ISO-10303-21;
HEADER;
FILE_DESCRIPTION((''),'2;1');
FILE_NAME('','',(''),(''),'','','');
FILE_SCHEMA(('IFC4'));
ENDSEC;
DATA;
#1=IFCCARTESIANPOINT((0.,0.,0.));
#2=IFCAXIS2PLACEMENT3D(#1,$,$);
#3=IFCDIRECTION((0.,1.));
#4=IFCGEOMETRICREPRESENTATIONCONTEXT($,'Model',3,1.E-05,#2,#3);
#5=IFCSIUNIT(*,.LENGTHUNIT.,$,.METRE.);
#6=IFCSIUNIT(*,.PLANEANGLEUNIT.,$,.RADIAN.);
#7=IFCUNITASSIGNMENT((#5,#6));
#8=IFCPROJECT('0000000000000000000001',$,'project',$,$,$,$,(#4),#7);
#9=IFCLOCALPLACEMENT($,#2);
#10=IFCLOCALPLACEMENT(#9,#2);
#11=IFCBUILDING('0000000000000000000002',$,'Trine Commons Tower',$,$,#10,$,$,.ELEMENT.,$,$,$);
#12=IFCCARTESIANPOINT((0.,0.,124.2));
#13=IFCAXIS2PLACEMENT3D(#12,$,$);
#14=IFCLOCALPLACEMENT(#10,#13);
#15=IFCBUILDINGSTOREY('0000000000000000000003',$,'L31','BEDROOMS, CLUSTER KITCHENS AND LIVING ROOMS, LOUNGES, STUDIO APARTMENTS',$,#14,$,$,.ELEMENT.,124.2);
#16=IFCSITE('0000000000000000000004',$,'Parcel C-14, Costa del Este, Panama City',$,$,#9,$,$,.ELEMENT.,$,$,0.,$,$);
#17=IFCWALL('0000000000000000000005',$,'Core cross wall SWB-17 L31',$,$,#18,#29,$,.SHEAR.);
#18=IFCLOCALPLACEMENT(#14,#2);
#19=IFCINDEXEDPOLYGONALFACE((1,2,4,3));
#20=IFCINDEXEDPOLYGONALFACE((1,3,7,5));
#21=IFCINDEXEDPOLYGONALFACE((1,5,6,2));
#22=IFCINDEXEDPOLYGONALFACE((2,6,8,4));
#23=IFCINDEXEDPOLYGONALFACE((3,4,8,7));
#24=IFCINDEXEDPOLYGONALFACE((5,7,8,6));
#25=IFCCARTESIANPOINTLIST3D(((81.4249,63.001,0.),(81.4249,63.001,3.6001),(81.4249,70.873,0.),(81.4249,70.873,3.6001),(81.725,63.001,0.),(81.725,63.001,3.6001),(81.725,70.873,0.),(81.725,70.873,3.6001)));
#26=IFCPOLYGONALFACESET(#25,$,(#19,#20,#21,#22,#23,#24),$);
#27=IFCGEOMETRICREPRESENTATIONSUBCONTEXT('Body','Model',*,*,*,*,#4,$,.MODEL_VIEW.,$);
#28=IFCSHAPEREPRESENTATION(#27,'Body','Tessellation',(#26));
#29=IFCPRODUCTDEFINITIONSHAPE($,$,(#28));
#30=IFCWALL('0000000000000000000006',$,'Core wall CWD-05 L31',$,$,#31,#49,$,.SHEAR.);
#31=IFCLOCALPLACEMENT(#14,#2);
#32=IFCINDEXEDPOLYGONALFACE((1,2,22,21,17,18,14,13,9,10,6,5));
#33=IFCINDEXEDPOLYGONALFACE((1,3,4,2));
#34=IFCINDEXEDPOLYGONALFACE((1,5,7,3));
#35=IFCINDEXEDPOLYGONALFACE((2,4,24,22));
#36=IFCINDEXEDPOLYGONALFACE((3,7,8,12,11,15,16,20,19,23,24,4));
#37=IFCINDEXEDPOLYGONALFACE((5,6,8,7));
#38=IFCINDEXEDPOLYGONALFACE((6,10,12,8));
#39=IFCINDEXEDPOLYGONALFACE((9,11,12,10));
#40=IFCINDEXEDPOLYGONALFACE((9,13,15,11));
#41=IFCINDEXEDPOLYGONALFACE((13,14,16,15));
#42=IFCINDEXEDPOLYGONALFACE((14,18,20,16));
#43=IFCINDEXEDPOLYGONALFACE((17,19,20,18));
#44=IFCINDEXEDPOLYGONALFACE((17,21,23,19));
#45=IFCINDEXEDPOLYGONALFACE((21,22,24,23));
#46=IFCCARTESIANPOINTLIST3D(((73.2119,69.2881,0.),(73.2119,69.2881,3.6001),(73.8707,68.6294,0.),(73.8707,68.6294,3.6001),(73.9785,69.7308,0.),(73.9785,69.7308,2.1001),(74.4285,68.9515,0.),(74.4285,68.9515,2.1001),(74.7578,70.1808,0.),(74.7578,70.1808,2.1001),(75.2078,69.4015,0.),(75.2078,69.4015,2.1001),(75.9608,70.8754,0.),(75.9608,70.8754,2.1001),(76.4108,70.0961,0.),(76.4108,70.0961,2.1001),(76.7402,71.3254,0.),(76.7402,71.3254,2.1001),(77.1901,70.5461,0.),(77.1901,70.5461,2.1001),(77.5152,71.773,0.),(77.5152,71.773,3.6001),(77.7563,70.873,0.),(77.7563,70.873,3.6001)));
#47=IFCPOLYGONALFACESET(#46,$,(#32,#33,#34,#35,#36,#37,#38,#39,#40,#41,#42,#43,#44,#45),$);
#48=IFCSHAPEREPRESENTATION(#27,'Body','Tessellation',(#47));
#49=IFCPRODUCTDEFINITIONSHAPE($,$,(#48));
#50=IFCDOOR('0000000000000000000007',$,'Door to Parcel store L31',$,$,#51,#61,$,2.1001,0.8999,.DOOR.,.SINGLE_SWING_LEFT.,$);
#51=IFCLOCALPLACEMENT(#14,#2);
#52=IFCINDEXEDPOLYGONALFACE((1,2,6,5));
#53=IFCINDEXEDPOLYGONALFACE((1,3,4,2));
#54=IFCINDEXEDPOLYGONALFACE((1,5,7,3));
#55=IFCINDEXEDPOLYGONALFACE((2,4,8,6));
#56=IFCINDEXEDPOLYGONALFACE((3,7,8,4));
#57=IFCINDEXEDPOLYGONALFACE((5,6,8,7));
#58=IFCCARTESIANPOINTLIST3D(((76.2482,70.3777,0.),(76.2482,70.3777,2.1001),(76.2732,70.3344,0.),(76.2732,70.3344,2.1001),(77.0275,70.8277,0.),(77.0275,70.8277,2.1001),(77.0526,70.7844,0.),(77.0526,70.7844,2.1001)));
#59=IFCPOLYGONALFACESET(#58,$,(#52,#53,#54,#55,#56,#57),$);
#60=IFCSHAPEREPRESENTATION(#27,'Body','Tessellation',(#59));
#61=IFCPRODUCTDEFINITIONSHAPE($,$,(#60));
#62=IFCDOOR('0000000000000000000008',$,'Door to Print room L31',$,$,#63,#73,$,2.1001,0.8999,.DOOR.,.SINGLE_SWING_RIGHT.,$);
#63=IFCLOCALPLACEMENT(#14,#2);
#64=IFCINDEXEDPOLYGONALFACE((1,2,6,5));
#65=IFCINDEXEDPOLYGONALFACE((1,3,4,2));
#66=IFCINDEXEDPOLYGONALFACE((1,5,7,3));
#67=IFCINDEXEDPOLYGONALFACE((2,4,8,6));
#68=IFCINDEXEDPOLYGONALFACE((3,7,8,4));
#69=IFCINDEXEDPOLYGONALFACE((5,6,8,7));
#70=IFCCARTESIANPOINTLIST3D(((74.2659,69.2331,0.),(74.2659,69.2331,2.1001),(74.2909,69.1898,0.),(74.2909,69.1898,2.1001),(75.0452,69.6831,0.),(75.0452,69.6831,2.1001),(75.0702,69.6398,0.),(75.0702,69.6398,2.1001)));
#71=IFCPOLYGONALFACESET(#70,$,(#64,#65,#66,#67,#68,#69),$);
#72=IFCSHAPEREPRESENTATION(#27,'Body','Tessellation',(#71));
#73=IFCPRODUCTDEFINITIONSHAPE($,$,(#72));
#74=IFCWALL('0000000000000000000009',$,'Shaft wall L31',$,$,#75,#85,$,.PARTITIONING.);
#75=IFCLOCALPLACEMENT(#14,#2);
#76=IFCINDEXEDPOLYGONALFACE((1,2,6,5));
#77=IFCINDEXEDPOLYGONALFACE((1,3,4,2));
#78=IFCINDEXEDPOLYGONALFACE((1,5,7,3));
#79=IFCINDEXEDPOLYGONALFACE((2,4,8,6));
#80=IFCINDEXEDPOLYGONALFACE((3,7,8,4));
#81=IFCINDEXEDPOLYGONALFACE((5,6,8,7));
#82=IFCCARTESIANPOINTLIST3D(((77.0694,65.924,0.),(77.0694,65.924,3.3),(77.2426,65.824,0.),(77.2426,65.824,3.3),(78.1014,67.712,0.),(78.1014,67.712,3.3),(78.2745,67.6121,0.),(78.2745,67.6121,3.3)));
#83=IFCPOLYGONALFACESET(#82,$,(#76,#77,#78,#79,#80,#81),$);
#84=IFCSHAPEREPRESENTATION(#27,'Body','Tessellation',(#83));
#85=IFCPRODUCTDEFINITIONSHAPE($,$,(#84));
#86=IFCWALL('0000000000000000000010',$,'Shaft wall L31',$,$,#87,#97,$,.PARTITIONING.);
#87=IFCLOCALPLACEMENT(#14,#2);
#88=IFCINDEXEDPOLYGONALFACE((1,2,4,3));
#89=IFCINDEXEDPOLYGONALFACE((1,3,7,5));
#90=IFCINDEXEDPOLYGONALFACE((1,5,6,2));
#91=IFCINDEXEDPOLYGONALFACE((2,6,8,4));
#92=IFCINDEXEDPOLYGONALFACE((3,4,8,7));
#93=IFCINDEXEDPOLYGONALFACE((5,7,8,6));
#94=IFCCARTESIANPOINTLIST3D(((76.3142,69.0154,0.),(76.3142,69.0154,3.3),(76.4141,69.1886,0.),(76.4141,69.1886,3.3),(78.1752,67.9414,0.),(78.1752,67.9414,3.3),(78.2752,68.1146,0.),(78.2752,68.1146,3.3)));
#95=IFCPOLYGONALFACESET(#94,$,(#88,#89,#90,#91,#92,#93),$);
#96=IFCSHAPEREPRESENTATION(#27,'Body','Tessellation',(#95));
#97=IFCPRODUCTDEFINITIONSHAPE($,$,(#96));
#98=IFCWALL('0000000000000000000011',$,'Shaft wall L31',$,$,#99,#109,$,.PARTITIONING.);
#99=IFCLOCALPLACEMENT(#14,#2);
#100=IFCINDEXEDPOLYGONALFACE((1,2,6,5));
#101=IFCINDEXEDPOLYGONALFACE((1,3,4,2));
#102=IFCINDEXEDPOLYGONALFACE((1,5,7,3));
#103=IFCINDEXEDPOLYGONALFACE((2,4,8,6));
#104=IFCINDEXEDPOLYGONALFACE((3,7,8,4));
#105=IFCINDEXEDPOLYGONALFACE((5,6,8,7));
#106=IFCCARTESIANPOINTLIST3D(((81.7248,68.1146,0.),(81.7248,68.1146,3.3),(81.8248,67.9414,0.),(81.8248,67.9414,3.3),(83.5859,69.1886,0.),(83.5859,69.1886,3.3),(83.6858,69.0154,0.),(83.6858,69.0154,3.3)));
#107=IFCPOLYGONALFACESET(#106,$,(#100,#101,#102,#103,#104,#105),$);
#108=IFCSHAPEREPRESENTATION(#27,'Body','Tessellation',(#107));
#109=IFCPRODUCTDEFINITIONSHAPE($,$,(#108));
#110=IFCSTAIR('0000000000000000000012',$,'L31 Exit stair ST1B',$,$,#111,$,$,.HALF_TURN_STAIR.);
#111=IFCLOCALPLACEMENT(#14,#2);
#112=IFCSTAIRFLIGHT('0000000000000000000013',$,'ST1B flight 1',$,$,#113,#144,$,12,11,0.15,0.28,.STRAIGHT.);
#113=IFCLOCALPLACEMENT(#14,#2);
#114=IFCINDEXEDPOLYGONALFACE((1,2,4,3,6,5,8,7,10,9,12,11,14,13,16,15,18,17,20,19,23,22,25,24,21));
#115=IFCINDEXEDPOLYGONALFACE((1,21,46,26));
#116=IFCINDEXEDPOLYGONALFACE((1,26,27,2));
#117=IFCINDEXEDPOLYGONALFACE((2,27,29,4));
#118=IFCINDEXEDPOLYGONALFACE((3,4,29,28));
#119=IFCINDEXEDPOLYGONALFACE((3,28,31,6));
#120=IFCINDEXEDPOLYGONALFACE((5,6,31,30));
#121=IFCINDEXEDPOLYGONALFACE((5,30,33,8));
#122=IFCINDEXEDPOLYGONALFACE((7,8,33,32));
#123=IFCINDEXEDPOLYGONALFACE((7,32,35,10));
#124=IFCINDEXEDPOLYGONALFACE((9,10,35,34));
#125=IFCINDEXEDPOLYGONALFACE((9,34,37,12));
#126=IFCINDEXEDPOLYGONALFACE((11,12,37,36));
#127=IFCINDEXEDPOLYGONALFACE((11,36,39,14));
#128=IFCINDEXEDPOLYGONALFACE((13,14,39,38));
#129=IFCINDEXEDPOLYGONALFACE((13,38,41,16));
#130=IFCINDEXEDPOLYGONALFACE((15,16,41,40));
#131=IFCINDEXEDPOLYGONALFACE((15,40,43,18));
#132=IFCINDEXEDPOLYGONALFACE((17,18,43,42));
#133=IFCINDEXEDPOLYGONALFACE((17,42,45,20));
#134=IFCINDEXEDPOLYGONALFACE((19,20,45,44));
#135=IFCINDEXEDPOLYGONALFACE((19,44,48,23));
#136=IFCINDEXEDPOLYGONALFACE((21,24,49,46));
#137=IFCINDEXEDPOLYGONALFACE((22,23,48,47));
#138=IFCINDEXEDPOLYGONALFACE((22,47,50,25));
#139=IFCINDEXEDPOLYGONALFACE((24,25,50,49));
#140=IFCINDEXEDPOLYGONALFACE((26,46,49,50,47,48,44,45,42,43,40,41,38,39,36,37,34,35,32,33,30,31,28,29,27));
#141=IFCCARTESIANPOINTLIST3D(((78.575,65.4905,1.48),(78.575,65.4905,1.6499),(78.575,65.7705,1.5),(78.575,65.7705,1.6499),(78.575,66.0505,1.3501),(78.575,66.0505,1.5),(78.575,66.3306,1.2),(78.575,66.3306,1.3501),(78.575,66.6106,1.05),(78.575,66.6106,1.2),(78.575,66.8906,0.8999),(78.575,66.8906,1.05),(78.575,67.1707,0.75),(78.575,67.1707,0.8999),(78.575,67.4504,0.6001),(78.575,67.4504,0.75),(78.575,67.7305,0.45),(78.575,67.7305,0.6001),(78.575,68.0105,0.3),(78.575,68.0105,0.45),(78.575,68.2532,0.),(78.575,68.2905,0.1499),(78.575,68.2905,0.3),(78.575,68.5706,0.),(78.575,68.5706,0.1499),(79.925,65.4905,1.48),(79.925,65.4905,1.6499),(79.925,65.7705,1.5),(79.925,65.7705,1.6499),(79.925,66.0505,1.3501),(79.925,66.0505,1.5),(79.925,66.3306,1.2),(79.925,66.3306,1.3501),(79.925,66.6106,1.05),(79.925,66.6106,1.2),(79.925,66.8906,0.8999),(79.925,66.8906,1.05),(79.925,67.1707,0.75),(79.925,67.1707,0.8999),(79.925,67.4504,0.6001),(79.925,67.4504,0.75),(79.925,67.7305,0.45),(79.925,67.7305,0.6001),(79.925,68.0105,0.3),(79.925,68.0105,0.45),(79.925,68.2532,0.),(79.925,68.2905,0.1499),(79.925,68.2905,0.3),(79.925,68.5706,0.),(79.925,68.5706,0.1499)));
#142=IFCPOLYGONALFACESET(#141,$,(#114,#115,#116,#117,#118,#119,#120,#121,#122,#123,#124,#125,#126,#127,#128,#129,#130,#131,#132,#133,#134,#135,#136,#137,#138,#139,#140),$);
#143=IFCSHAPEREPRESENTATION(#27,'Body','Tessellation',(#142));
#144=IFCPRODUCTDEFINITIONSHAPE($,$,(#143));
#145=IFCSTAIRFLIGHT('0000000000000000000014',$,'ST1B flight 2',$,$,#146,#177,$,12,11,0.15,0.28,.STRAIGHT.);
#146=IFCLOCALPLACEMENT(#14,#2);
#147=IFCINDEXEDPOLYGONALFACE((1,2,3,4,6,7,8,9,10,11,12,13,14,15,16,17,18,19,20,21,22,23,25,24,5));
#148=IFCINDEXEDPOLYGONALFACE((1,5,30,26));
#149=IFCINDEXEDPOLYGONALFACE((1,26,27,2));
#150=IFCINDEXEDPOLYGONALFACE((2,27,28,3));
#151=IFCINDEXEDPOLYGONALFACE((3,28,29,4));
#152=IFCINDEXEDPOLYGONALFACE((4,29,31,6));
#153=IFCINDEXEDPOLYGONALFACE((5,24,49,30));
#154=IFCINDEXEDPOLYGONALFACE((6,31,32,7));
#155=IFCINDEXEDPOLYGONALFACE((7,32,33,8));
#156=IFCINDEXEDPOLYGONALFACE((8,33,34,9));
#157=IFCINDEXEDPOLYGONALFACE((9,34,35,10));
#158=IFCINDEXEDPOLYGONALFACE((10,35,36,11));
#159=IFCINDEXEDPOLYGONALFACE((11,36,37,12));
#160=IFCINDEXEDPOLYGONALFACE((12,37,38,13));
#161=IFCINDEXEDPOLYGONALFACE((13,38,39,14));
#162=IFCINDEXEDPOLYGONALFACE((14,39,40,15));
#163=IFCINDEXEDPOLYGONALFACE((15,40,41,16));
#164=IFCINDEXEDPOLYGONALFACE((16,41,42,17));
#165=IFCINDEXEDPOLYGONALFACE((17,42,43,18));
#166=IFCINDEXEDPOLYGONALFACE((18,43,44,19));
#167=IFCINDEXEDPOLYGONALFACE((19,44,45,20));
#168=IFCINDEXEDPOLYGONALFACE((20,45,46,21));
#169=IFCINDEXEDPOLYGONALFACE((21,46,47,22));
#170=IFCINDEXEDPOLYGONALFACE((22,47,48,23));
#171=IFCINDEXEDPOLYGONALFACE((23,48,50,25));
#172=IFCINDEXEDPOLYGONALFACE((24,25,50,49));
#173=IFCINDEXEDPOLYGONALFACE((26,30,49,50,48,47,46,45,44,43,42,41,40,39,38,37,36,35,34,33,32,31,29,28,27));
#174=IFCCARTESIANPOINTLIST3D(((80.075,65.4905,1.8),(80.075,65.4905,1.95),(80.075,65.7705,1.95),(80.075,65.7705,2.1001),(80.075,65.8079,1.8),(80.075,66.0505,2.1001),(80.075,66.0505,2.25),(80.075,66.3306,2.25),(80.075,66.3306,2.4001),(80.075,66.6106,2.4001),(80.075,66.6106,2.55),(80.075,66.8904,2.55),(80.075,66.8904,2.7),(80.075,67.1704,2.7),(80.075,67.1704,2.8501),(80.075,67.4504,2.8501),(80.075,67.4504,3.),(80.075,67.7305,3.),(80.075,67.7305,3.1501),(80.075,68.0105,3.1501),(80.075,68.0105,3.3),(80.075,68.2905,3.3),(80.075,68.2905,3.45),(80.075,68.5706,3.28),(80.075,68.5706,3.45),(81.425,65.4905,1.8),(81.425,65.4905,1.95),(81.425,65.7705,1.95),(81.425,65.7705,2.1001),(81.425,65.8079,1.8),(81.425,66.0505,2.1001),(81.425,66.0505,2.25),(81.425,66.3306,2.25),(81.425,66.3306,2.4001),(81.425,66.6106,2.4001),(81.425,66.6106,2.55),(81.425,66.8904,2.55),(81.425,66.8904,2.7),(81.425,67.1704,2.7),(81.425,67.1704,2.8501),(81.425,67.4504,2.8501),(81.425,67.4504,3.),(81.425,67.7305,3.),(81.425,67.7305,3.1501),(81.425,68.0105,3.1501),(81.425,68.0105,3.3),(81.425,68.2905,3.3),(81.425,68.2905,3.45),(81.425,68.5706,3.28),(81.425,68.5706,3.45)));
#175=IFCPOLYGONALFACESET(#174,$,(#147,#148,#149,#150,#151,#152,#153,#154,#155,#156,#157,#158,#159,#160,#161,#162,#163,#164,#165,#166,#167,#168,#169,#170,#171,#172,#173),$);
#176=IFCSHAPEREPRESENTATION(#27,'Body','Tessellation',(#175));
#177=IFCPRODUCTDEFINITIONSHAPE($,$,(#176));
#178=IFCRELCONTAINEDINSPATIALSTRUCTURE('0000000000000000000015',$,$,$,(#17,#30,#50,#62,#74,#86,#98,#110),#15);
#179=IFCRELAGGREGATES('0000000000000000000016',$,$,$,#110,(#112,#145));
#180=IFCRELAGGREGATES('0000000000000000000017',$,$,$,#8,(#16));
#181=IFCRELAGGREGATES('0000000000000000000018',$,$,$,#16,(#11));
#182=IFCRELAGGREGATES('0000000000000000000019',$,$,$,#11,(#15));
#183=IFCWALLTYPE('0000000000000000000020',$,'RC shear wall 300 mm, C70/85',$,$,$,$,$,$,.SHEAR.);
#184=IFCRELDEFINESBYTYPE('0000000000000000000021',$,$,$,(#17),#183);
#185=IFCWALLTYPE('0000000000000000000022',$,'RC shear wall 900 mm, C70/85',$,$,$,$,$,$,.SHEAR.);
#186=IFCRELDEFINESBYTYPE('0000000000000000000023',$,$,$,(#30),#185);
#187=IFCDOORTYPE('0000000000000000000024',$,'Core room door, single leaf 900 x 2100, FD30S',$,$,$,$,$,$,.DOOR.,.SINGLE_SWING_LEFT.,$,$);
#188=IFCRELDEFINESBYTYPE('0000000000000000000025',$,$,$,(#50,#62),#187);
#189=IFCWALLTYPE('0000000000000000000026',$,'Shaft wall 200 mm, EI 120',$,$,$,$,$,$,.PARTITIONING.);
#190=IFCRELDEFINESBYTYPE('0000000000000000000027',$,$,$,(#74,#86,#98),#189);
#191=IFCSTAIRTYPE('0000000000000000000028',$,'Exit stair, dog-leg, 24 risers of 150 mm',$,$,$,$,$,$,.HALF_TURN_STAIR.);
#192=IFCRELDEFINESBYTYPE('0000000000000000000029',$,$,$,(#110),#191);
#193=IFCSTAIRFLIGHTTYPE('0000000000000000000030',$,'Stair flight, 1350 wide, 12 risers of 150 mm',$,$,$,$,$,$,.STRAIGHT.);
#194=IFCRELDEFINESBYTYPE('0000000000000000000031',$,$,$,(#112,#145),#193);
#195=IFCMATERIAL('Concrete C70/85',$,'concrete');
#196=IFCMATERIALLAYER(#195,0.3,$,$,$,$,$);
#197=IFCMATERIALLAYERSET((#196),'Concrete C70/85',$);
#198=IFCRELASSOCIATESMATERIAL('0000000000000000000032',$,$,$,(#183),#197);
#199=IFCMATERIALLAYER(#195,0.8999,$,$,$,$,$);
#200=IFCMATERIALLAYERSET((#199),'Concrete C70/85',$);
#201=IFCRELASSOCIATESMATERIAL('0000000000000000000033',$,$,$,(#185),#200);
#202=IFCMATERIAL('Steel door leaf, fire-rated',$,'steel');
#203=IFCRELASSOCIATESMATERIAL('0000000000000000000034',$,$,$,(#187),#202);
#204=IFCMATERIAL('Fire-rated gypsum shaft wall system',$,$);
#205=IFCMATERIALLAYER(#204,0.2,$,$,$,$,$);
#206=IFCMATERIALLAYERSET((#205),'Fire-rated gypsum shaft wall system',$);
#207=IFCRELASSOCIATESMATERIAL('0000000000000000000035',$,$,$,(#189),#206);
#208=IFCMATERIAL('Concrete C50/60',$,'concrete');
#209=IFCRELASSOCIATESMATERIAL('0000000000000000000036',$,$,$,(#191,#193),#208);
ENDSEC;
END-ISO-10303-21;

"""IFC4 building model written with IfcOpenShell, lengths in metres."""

from ifc_helpers import new_model, si_unit, direction, frame, frame_2d, origin, place, context, subcontext, project, spatial, polyline, rectangle, outline, extrude, material, layer, layer_set, type_object, element, fill, aggregate, save


model = new_model("IFC4")

# Units and contexts
model_context = context("Model", 3, precision=1e-05, world=origin(), true_north=direction((0.0, 1.0)))
body_context = subcontext(model_context, "Body", "Model", "MODEL_VIEW")
ifc_project = project(units=[si_unit("LENGTHUNIT", "METRE"), si_unit("PLANEANGLEUNIT", "RADIAN")], contexts=[model_context])

# Site, building, storey
site_placement = place(None, origin())
site = spatial("IfcSite", under=ifc_project, at=site_placement, Name="Parcel C-14, Costa del Este, Panama City", CompositionType="ELEMENT", RefElevation=0.0)
building_placement = place(site_placement, origin())
building = spatial("IfcBuilding", under=site, at=building_placement, Name="Trine Commons Tower", CompositionType="ELEMENT")
storey_placement = place(building_placement, frame((0.0, 0.0, 124.2)))
storey = spatial("IfcBuildingStorey", under=building, at=storey_placement, Name="L31", Description="BEDROOMS, CLUSTER KITCHENS AND LIVING ROOMS, LOUNGES, STUDIO APARTMENTS", CompositionType="ELEMENT", Elevation=124.2)

# Shared definitions
ifc_material_1 = material(Name="Fire-rated gypsum shaft wall system")
ifc_material_2 = material(Name="Steel door leaf, fire-rated", Category="steel")
ifc_material_3 = material(Name="Concrete C70/85", Category="concrete")
ifc_layer_1 = layer(ifc_material_3, 0.3)
ifc_layer_set_1 = layer_set([ifc_layer_1], Name="Concrete C70/85")
wall_type_1 = type_object("IfcWallType", Name="RC shear wall 300 mm, C70/85", PredefinedType="SHEAR", material=ifc_layer_set_1)

# Wall
wall_1_placement = place(storey_placement, frame((81.575, 63.001, 0.0), z_axis=(0.0, 0.0, 1.0), x_axis=(0.0, 1.0, 0.0)))
element("IfcWall", 1, at=wall_1_placement, inside=storey, type_object=wall_type_1, Name="Core cross wall SWB-17 L31", PredefinedType="SHEAR", context=body_context, shape_type="SweptSolid", body=[
    extrude(rectangle(XDim=7.8721, YDim=0.3, at=frame_2d((3.936, 0.0))), origin(), (0.0, 0.0, 1.0), 3.6001),
])

# Wall, openings, doors
ifc_layer_2 = layer(ifc_material_3, 0.8999)
ifc_layer_set_2 = layer_set([ifc_layer_2], Name="Concrete C70/85")
wall_type_2 = type_object("IfcWallType", Name="RC shear wall 900 mm, C70/85", PredefinedType="SHEAR", material=ifc_layer_set_2)
wall_2_placement = place(storey_placement, frame((77.7402, 71.3833, 0.0), z_axis=(0.0, 0.0, 1.0), x_axis=(-0.866003, -0.500039, 0.0)))
wall_2 = element("IfcWall", 2, at=wall_2_placement, inside=storey, type_object=wall_type_2, Name="Core wall CWD-05 L31", PredefinedType="SHEAR", context=body_context, shape_type="SweptSolid", body=[
    extrude(outline(polyline([(0.0, -0.45), (4.9692, -0.45), (4.728, 0.45), (0.2412, 0.45), (0.0, -0.45)])), origin(), (0.0, 0.0, 1.0), 3.6001),
])
opening_1_placement = place(wall_2_placement, frame((0.895, 0.0, 0.0)))
opening_1 = element("IfcOpeningElement", 3, at=opening_1_placement, cuts=wall_2, PredefinedType="OPENING", context=body_context, shape_type="SweptSolid", body=[
    extrude(rectangle(XDim=0.8999, YDim=2.1001, at=frame_2d((0.45, 1.05))), frame((0.0, 0.46, 0.0), z_axis=(0.0, -1.0, 0.0), x_axis=(1.0, 0.0, 0.0)), (0.0, 0.0, 1.0), 0.9199),
])
opening_2_placement = place(wall_2_placement, frame((3.1841, 0.0, 0.0)))
opening_2 = element("IfcOpeningElement", 4, at=opening_2_placement, cuts=wall_2, PredefinedType="OPENING", context=body_context, shape_type="SweptSolid", body=[
    extrude(rectangle(XDim=0.8999, YDim=2.1001, at=frame_2d((0.45, 1.05))), frame((0.0, 0.46, 0.0), z_axis=(0.0, -1.0, 0.0), x_axis=(1.0, 0.0, 0.0)), (0.0, 0.0, 1.0), 0.9199),
])
door_type_1 = type_object("IfcDoorType", Name="Core room door, single leaf 900 x 2100, FD30S", OperationType="SINGLE_SWING_LEFT", PredefinedType="DOOR", material=ifc_material_2)
door_1_placement = place(opening_1_placement, origin())
door_1 = element("IfcDoor", 5, at=door_1_placement, inside=storey, type_object=door_type_1, Name="Door to Parcel store L31", OperationType="SINGLE_SWING_LEFT", OverallHeight=2.1001, OverallWidth=0.8999, PredefinedType="DOOR", context=body_context, shape_type="SweptSolid", body=[
    extrude(rectangle(XDim=0.8999, YDim=2.1001, at=frame_2d((0.45, 1.05))), frame((0.0, 0.1748, 0.0), z_axis=(0.0, -1.0, 0.0), x_axis=(1.0, 0.0, 0.0)), (0.0, 0.0, 1.0), 0.05),
])
fill(opening_1, door_1)
door_2_placement = place(opening_2_placement, origin())
door_2 = element("IfcDoor", 6, at=door_2_placement, inside=storey, type_object=door_type_1, Name="Door to Print room L31", OperationType="SINGLE_SWING_RIGHT", OverallHeight=2.1001, OverallWidth=0.8999, PredefinedType="DOOR", context=body_context, shape_type="SweptSolid", body=[
    extrude(rectangle(XDim=0.8999, YDim=2.1001, at=frame_2d((0.45, 1.05))), frame((0.0, 0.1748, 0.0), z_axis=(0.0, -1.0, 0.0), x_axis=(1.0, 0.0, 0.0)), (0.0, 0.0, 1.0), 0.05),
])
fill(opening_2, door_2)

# Walls
ifc_layer_3 = layer(ifc_material_1, 0.2)
ifc_layer_set_3 = layer_set([ifc_layer_3], Name="Fire-rated gypsum shaft wall system")
wall_type_3 = type_object("IfcWallType", Name="Shaft wall 200 mm, EI 120", PredefinedType="PARTITIONING", material=ifc_layer_set_3)
wall_3_placement = place(storey_placement, frame((77.156, 65.874, 0.0), z_axis=(0.0, 0.0, 1.0), x_axis=(0.499866, 0.866103, 0.0)))
element("IfcWall", 7, at=wall_3_placement, inside=storey, type_object=wall_type_3, Name="Shaft wall L31", PredefinedType="PARTITIONING", context=body_context, shape_type="SweptSolid", body=[
    extrude(rectangle(XDim=2.0645, YDim=0.2, at=frame_2d((1.0322, 0.0))), origin(), (0.0, 0.0, 1.0), 3.3),
])
for number, where, z_axis, x_axis, name in (
    (8, (78.2251, 68.0281, 0.0), (0.0, 0.0, 1.0), (-0.866131, 0.499818, 0.0), "Shaft wall L31"),
    (9, (81.7749, 68.0281, 0.0), (0.0, 0.0, 1.0), (0.866131, 0.499818, 0.0), "Shaft wall L31"),
):
    element("IfcWall", number, at=place(storey_placement, frame(where, z_axis=z_axis, x_axis=x_axis)), inside=storey, type_object=wall_type_3, Name=name, PredefinedType="PARTITIONING", context=body_context, shape_type="SweptSolid", body=[
        extrude(rectangle(XDim=2.1487, YDim=0.2, at=frame_2d((1.0742, 0.0))), origin(), (0.0, 0.0, 1.0), 3.3),
    ])

# Stair, stair flights
ifc_material_4 = material(Name="Concrete C50/60", Category="concrete")
stair_type = type_object("IfcStairType", Name="Exit stair, dog-leg, 24 risers of 150 mm", PredefinedType="HALF_TURN_STAIR", material=ifc_material_4)
stair_1_placement = place(storey_placement, origin())
stair_1 = element("IfcStair", 10, at=stair_1_placement, inside=storey, type_object=stair_type, Name="L31 Exit stair ST1B", PredefinedType="HALF_TURN_STAIR")
stair_flight_type = type_object("IfcStairFlightType", Name="Stair flight, 1350 wide, 12 risers of 150 mm", PredefinedType="STRAIGHT", material=ifc_material_4)
stair_flight_1_placement = place(storey_placement, frame((79.25, 68.5706, 0.0), z_axis=(0.0, 0.0, 1.0), x_axis=(0.0, -1.0, 0.0)))
stair_flight_1 = element("IfcStairFlight", 11, at=stair_flight_1_placement, type_object=stair_flight_type, Name="ST1B flight 1", NumberOfRisers=12, NumberOfTreads=11, PredefinedType="STRAIGHT", RiserHeight=0.15, TreadLength=0.28, context=body_context, shape_type="SweptSolid", body=[
    extrude(outline(polyline([(0.0, 0.0), (0.0, 0.1499), (0.28, 0.1499), (0.28, 0.3), (0.5601, 0.3), (0.5601, 0.45), (0.8401, 0.45), (0.8401, 0.6001), (1.1201, 0.6001), (1.1201, 0.75), (1.3999, 0.75), (1.3999, 0.8999), (1.6799, 0.8999), (1.6799, 1.05), (1.96, 1.05), (1.96, 1.2), (2.24, 1.2), (2.24, 1.3501), (2.52, 1.3501), (2.52, 1.5), (2.8, 1.5), (2.8, 1.6499), (3.0801, 1.6499), (3.0801, 1.8), (3.0801, 1.48), (0.3174, 0.0), (0.0, 0.0)])), frame((0.0, 0.675, 0.0), z_axis=(0.0, -1.0, 0.0), x_axis=(1.0, 0.0, 0.0)), (0.0, 0.0, 1.0), 1.3501),
])
stair_flight_2_placement = place(storey_placement, frame((80.75, 65.4905, 1.8), z_axis=(0.0, 0.0, 1.0), x_axis=(0.0, 1.0, 0.0)))
stair_flight_2 = element("IfcStairFlight", 12, at=stair_flight_2_placement, type_object=stair_flight_type, Name="ST1B flight 2", NumberOfRisers=12, NumberOfTreads=11, PredefinedType="STRAIGHT", RiserHeight=0.15, TreadLength=0.28, context=body_context, shape_type="SweptSolid", body=[
    extrude(outline(polyline([(0.0, 0.0), (0.0, 0.1499), (0.28, 0.1499), (0.28, 0.3), (0.5601, 0.3), (0.5601, 0.45), (0.8401, 0.45), (0.8401, 0.6001), (1.1201, 0.6001), (1.1201, 0.75), (1.3999, 0.75), (1.3999, 0.8999), (1.6799, 0.8999), (1.6799, 1.05), (1.96, 1.05), (1.96, 1.2), (2.24, 1.2), (2.24, 1.3501), (2.52, 1.3501), (2.52, 1.5), (2.8, 1.5), (2.8, 1.6499), (3.0801, 1.6499), (3.0801, 1.8), (3.0801, 1.48), (0.3174, 0.0), (0.0, 0.0)])), frame((0.0, 0.675, 0.0), z_axis=(0.0, -1.0, 0.0), x_axis=(1.0, 0.0, 0.0)), (0.0, 0.0, 1.0), 1.3501),
])
aggregate(stair_1, [stair_flight_1, stair_flight_2])

save(model, "model.ifc")
